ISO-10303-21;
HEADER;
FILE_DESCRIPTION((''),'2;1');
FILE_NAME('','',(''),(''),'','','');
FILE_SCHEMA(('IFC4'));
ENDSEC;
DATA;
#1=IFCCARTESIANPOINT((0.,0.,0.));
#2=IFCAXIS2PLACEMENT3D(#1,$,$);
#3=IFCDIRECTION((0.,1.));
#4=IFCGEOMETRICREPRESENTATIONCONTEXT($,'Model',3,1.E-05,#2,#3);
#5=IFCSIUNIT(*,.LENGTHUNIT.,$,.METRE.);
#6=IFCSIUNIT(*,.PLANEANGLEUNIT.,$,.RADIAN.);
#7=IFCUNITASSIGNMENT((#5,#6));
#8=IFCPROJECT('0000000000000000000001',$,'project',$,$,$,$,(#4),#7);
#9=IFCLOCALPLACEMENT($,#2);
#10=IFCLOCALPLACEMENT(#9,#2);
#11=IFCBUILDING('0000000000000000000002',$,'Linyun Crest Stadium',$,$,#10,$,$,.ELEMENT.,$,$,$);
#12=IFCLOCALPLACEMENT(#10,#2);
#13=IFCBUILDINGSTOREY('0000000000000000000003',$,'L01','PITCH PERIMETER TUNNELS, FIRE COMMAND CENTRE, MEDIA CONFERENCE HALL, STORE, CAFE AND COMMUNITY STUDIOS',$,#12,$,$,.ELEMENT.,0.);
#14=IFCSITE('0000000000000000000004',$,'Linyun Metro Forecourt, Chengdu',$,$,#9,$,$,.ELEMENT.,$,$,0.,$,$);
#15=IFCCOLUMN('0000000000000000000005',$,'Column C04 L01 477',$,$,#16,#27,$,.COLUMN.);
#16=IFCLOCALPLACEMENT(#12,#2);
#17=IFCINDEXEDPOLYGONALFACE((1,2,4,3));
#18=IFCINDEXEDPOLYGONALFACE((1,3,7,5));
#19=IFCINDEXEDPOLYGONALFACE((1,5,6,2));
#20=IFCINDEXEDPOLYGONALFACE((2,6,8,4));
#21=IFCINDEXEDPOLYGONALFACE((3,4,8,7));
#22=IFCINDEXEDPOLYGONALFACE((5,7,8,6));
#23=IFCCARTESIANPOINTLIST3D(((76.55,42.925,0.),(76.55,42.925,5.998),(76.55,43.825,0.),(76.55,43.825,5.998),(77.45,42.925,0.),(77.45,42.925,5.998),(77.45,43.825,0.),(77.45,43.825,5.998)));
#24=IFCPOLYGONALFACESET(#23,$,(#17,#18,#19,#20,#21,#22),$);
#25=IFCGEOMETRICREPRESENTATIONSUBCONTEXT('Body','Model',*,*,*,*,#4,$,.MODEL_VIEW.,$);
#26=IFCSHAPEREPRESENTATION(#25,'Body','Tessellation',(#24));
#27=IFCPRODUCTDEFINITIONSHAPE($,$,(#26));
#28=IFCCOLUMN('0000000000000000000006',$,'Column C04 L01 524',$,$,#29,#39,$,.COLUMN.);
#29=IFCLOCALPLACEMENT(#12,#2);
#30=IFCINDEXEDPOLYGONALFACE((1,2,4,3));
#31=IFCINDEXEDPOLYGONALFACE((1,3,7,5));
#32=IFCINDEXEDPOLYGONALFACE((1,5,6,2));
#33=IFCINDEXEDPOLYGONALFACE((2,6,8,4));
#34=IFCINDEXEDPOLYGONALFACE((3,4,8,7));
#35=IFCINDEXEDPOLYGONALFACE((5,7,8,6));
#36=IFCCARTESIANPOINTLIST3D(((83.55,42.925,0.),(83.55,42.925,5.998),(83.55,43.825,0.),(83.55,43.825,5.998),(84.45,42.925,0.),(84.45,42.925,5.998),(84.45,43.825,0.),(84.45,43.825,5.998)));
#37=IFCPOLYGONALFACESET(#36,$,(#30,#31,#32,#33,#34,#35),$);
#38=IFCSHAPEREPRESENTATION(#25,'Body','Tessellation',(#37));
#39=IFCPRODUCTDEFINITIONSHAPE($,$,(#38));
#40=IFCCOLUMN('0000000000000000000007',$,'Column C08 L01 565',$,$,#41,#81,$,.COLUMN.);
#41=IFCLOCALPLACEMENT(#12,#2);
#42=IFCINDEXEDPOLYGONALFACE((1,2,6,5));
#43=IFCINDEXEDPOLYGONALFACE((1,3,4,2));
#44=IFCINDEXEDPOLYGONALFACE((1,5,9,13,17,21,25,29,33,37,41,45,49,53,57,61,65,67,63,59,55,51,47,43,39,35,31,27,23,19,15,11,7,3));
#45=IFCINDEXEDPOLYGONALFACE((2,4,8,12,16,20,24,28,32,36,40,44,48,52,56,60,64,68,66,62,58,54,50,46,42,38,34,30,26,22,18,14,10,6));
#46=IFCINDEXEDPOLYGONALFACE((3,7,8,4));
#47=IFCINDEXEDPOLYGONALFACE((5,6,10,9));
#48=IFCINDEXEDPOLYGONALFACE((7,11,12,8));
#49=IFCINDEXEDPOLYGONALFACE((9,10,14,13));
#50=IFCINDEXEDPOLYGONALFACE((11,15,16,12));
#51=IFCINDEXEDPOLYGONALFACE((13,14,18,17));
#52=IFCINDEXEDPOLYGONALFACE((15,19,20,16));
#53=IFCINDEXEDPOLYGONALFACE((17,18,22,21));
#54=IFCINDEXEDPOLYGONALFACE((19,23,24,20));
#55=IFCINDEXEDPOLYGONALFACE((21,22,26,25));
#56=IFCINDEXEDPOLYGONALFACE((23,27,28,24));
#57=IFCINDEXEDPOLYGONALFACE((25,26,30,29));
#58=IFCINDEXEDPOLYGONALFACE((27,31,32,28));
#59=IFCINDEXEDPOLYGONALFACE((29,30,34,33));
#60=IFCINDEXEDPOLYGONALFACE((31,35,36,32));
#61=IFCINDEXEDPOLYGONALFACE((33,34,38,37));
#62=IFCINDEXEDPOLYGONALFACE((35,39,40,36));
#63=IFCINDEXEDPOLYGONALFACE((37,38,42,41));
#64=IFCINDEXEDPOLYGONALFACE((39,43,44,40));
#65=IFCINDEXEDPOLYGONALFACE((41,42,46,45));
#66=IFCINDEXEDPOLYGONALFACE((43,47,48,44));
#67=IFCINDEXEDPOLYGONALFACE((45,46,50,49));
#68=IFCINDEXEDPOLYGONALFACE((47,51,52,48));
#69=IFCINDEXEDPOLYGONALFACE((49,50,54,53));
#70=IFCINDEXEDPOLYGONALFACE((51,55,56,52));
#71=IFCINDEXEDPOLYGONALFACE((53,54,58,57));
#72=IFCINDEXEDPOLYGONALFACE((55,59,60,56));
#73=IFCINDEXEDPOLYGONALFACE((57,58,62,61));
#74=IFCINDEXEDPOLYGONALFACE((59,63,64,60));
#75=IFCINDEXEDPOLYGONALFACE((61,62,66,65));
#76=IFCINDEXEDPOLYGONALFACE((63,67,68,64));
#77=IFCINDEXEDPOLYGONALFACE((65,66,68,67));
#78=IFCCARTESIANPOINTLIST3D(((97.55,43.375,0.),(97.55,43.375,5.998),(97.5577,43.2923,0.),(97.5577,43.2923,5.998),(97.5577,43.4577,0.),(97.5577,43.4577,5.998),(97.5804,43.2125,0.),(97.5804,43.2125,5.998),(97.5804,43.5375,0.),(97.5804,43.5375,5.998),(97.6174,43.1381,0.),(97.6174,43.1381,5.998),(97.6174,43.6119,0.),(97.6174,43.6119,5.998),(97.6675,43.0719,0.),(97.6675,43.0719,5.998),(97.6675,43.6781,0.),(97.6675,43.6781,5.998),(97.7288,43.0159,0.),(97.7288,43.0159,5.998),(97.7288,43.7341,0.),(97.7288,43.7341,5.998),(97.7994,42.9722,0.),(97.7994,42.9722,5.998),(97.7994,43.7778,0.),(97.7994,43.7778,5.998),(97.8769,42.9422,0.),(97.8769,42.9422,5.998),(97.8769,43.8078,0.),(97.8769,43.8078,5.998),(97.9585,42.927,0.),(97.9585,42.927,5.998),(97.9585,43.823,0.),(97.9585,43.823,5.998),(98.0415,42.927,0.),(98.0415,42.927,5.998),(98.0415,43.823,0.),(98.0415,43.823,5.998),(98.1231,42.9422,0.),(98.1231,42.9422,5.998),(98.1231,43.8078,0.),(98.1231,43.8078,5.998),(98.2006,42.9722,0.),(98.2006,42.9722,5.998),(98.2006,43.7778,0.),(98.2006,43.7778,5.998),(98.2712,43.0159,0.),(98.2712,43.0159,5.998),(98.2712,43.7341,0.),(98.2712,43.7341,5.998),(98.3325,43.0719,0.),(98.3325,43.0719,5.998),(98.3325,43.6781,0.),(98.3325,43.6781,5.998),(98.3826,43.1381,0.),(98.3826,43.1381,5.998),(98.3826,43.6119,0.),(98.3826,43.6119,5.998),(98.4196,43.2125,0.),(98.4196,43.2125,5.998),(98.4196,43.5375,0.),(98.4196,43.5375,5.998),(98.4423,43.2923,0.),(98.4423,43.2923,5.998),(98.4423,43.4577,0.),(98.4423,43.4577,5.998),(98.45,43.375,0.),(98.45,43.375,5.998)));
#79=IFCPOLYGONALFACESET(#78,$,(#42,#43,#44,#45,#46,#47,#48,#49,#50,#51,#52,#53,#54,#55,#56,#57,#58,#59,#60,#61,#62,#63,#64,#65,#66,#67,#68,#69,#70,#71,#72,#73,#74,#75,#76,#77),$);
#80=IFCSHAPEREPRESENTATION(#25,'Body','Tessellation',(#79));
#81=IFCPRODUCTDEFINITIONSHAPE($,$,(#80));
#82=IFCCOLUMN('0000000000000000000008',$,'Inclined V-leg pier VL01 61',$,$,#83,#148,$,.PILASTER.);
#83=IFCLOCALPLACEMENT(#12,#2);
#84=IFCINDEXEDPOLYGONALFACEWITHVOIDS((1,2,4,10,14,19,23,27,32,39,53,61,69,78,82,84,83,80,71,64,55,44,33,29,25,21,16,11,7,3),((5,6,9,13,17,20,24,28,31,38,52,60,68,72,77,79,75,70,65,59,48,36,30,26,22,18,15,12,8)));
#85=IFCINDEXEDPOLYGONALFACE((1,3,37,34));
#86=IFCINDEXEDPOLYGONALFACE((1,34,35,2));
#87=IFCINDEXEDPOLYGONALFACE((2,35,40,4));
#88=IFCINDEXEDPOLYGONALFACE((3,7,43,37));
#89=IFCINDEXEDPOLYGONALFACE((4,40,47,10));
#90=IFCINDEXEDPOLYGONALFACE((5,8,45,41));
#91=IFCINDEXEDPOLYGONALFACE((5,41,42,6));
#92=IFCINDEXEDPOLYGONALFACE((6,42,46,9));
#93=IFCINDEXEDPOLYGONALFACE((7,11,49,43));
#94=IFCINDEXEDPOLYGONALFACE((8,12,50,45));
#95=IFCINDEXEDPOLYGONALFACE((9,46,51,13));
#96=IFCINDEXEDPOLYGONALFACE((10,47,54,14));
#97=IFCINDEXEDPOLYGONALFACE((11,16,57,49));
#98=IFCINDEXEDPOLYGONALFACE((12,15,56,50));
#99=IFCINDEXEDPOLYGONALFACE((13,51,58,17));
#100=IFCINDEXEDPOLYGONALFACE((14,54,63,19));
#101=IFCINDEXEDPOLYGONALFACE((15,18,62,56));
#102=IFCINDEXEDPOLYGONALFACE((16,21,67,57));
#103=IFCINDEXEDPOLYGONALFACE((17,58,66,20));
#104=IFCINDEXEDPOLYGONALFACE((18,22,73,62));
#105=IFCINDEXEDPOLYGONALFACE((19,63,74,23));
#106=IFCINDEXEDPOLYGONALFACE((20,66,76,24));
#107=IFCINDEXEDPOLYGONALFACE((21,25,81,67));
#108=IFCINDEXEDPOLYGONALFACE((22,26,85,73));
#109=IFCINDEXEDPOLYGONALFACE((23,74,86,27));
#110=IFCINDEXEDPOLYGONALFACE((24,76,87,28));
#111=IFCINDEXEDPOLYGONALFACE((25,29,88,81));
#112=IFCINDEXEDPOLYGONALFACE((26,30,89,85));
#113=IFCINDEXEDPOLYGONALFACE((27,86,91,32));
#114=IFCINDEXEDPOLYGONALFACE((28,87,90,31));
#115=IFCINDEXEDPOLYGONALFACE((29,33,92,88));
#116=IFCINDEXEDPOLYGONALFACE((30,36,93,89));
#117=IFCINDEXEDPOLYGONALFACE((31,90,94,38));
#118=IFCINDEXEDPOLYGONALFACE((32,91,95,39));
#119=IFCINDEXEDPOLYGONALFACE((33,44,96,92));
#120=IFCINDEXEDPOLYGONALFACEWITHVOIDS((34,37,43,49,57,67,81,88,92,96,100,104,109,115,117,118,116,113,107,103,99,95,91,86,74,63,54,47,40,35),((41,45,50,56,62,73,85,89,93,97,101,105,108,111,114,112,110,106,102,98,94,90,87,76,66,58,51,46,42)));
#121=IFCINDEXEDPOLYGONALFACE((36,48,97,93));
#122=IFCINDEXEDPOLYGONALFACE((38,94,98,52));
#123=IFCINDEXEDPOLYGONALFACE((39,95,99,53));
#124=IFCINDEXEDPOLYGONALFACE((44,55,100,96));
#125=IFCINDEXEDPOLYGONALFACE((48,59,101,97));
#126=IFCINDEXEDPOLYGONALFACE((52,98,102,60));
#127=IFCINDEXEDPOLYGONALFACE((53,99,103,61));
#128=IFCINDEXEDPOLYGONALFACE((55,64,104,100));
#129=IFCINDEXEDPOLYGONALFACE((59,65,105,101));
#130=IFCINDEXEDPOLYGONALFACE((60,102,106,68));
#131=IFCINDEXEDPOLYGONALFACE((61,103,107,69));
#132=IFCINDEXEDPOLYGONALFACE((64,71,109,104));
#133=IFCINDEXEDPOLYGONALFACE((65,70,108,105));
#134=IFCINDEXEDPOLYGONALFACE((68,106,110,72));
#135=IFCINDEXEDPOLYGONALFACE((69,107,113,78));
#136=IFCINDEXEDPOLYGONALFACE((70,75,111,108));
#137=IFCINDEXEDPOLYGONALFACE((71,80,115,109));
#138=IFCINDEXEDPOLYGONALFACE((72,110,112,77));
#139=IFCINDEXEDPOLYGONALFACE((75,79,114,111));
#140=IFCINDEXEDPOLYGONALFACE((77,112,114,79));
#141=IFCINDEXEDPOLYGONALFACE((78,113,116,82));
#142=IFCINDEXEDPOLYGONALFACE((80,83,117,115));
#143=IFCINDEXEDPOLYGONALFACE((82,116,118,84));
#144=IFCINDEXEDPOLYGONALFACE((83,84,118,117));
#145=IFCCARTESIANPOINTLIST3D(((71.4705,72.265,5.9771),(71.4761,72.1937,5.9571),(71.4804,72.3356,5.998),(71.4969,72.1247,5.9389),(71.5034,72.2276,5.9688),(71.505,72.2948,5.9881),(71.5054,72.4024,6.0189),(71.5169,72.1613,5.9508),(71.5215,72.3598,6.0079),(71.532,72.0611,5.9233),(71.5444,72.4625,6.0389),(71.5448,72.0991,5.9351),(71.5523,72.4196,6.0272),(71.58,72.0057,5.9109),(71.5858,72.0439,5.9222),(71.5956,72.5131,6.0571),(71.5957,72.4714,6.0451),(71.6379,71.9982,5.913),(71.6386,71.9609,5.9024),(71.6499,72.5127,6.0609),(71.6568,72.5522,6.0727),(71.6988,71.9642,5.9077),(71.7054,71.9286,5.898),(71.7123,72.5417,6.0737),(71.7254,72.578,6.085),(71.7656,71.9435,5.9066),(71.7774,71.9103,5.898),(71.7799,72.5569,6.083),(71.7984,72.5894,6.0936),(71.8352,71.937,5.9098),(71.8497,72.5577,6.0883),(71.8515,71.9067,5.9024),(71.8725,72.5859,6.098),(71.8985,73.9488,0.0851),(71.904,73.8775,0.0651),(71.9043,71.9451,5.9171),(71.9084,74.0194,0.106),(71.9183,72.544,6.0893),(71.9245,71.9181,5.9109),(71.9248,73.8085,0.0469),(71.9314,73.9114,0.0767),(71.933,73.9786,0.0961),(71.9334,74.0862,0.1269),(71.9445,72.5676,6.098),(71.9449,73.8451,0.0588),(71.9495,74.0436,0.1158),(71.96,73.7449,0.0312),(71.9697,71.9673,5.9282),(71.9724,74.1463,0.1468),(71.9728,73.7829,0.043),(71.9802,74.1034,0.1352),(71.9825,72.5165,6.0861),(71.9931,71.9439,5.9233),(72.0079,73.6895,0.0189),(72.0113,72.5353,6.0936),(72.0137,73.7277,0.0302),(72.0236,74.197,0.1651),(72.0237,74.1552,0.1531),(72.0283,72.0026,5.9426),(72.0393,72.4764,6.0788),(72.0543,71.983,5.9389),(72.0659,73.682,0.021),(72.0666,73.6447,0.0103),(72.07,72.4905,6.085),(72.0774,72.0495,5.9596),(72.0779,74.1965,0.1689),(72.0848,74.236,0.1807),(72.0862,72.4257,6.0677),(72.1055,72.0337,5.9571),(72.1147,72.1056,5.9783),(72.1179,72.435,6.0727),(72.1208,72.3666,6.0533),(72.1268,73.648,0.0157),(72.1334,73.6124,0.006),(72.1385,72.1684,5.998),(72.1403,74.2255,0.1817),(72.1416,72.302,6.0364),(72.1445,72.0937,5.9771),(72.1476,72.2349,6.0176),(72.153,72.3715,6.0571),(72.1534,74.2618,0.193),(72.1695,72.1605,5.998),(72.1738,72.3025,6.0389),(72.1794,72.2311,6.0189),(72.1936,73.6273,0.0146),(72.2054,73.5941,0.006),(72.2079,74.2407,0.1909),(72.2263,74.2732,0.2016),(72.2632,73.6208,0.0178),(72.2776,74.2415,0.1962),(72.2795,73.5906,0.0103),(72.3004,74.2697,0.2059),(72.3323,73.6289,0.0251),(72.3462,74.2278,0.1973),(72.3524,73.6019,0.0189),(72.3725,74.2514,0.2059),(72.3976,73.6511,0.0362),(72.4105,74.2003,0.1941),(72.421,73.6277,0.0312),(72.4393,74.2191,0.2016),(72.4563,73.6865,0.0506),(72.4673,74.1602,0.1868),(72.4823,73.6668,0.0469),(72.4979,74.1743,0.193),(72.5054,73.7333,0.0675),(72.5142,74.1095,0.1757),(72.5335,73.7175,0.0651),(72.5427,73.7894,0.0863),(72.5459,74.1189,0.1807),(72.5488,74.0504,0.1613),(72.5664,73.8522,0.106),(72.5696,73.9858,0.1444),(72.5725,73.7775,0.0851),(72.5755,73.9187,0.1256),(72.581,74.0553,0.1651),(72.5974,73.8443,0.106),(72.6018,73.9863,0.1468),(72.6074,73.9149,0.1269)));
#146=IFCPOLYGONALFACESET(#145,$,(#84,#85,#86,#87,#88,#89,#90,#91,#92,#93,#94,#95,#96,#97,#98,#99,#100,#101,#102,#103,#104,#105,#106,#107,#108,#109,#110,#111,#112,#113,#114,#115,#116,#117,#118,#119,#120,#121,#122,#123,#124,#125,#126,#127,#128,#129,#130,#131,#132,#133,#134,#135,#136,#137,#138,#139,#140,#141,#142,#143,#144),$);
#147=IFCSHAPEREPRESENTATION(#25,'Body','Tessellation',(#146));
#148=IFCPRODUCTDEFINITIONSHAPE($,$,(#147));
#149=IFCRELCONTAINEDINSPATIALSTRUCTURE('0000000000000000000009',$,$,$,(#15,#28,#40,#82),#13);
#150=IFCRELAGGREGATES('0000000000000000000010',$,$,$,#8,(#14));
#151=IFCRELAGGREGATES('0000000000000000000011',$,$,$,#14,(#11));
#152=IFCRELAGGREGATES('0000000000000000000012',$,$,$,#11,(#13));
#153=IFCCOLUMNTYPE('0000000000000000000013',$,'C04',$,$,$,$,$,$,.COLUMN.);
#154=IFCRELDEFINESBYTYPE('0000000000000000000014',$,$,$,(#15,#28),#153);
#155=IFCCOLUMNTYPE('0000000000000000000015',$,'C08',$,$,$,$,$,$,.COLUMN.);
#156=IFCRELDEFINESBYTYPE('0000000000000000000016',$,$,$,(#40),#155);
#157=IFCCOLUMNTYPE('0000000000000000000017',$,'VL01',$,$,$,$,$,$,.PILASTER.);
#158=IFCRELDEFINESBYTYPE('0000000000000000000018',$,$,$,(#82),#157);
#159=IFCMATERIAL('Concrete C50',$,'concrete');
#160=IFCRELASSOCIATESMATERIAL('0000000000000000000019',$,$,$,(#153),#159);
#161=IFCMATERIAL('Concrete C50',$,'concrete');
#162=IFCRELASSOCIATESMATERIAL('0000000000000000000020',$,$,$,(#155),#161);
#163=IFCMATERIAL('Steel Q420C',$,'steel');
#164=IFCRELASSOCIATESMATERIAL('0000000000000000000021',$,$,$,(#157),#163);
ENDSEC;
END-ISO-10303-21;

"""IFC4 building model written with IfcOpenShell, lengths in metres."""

from ifc_helpers import new_model, si_unit, direction, frame, origin, origin_2d, place, context, subcontext, project, spatial, rectangle, circle, hollow_circle, extrude, material, material_profile, profile_set, type_object, element, save


model = new_model("IFC4")

# Units and contexts
model_context = context("Model", 3, precision=1e-05, world=origin(), true_north=direction((0.0, 1.0)))
body_context = subcontext(model_context, "Body", "Model", "MODEL_VIEW")
ifc_project = project(units=[si_unit("LENGTHUNIT", "METRE"), si_unit("PLANEANGLEUNIT", "RADIAN")], contexts=[model_context])

# Site, building, storey
site_placement = place(None, origin())
site = spatial("IfcSite", under=ifc_project, at=site_placement, Name="Linyun Metro Forecourt, Chengdu", CompositionType="ELEMENT", RefElevation=0.0)
building_placement = place(site_placement, origin())
building = spatial("IfcBuilding", under=site, at=building_placement, Name="Linyun Crest Stadium", CompositionType="ELEMENT")
storey_placement = place(building_placement, origin())
storey = spatial("IfcBuildingStorey", under=building, at=storey_placement, Name="L01", Description="PITCH PERIMETER TUNNELS, FIRE COMMAND CENTRE, MEDIA CONFERENCE HALL, STORE, CAFE AND COMMUNITY STUDIOS", CompositionType="ELEMENT", Elevation=0.0)

# Columns
ifc_material_1 = material(Name="Concrete C50", Category="concrete")
ifc_material_profile_1 = material_profile(ifc_material_1, rectangle(XDim=0.8999, YDim=0.8999, at=origin_2d()), Name="RC 900x900")
ifc_profile_set_1 = profile_set([ifc_material_profile_1], Name="Concrete C50")
column_type_1 = type_object("IfcColumnType", Name="C04", PredefinedType="COLUMN", material=ifc_profile_set_1)
for number, where, z_axis, x_axis, name in (
    (1, (77.0, 43.375, 0.0), (0.0, 0.0, 1.0), (1.0, 0.0, 0.0), "Column C04 L01 477"),
    (2, (84.0, 43.375, 0.0), (0.0, 0.0, 1.0), (1.0, 0.0, 0.0), "Column C04 L01 524"),
):
    element("IfcColumn", number, at=place(storey_placement, frame(where, z_axis=z_axis, x_axis=x_axis)), inside=storey, type_object=column_type_1, Name=name, PredefinedType="COLUMN", context=body_context, shape_type="SweptSolid", body=[
        extrude(rectangle(XDim=0.8999, YDim=0.8999, at=origin_2d()), origin(), (0.0, 0.0, 1.0), 5.998),
    ])
ifc_material_2 = material(Name="Concrete C50", Category="concrete")
ifc_material_profile_2 = material_profile(ifc_material_2, circle(Radius=0.45, at=origin_2d()), Name="RC D900")
ifc_profile_set_2 = profile_set([ifc_material_profile_2], Name="Concrete C50")
column_type_2 = type_object("IfcColumnType", Name="C08", PredefinedType="COLUMN", material=ifc_profile_set_2)
column_1_placement = place(storey_placement, frame((98.0, 43.375, 0.0), z_axis=(0.0, 0.0, 1.0), x_axis=(1.0, 0.0, 0.0)))
element("IfcColumn", 3, at=column_1_placement, inside=storey, type_object=column_type_2, Name="Column C08 L01 565", PredefinedType="COLUMN", context=body_context, shape_type="SweptSolid", body=[
    extrude(circle(Radius=0.45, at=origin_2d()), origin(), (0.0, 0.0, 1.0), 5.998),
])
ifc_material_3 = material(Name="Steel Q420C", Category="steel")
ifc_material_profile_3 = material_profile(ifc_material_3, hollow_circle(Radius=0.3555, WallThickness=0.032, at=origin_2d()), Name="CHS 711x32")
ifc_profile_set_3 = profile_set([ifc_material_profile_3], Name="Steel Q420C")
column_type_3 = type_object("IfcColumnType", Name="VL01", PredefinedType="PILASTER", material=ifc_profile_set_3)
column_2_placement = place(storey_placement, frame((72.2529, 73.9319, 0.106), z_axis=(-0.06967, -0.274111, 0.959171), x_axis=(0.969184, -0.246336, 0.0)))
element("IfcColumn", 4, at=column_2_placement, inside=storey, type_object=column_type_3, Name="Inclined V-leg pier VL01 61", PredefinedType="PILASTER", context=body_context, shape_type="SweptSolid", body=[
    extrude(hollow_circle(Radius=0.3555, WallThickness=0.032, at=origin_2d()), origin(), (0.0, 0.0, 1.0), 6.1428),
])

save(model, "model.ifc")
